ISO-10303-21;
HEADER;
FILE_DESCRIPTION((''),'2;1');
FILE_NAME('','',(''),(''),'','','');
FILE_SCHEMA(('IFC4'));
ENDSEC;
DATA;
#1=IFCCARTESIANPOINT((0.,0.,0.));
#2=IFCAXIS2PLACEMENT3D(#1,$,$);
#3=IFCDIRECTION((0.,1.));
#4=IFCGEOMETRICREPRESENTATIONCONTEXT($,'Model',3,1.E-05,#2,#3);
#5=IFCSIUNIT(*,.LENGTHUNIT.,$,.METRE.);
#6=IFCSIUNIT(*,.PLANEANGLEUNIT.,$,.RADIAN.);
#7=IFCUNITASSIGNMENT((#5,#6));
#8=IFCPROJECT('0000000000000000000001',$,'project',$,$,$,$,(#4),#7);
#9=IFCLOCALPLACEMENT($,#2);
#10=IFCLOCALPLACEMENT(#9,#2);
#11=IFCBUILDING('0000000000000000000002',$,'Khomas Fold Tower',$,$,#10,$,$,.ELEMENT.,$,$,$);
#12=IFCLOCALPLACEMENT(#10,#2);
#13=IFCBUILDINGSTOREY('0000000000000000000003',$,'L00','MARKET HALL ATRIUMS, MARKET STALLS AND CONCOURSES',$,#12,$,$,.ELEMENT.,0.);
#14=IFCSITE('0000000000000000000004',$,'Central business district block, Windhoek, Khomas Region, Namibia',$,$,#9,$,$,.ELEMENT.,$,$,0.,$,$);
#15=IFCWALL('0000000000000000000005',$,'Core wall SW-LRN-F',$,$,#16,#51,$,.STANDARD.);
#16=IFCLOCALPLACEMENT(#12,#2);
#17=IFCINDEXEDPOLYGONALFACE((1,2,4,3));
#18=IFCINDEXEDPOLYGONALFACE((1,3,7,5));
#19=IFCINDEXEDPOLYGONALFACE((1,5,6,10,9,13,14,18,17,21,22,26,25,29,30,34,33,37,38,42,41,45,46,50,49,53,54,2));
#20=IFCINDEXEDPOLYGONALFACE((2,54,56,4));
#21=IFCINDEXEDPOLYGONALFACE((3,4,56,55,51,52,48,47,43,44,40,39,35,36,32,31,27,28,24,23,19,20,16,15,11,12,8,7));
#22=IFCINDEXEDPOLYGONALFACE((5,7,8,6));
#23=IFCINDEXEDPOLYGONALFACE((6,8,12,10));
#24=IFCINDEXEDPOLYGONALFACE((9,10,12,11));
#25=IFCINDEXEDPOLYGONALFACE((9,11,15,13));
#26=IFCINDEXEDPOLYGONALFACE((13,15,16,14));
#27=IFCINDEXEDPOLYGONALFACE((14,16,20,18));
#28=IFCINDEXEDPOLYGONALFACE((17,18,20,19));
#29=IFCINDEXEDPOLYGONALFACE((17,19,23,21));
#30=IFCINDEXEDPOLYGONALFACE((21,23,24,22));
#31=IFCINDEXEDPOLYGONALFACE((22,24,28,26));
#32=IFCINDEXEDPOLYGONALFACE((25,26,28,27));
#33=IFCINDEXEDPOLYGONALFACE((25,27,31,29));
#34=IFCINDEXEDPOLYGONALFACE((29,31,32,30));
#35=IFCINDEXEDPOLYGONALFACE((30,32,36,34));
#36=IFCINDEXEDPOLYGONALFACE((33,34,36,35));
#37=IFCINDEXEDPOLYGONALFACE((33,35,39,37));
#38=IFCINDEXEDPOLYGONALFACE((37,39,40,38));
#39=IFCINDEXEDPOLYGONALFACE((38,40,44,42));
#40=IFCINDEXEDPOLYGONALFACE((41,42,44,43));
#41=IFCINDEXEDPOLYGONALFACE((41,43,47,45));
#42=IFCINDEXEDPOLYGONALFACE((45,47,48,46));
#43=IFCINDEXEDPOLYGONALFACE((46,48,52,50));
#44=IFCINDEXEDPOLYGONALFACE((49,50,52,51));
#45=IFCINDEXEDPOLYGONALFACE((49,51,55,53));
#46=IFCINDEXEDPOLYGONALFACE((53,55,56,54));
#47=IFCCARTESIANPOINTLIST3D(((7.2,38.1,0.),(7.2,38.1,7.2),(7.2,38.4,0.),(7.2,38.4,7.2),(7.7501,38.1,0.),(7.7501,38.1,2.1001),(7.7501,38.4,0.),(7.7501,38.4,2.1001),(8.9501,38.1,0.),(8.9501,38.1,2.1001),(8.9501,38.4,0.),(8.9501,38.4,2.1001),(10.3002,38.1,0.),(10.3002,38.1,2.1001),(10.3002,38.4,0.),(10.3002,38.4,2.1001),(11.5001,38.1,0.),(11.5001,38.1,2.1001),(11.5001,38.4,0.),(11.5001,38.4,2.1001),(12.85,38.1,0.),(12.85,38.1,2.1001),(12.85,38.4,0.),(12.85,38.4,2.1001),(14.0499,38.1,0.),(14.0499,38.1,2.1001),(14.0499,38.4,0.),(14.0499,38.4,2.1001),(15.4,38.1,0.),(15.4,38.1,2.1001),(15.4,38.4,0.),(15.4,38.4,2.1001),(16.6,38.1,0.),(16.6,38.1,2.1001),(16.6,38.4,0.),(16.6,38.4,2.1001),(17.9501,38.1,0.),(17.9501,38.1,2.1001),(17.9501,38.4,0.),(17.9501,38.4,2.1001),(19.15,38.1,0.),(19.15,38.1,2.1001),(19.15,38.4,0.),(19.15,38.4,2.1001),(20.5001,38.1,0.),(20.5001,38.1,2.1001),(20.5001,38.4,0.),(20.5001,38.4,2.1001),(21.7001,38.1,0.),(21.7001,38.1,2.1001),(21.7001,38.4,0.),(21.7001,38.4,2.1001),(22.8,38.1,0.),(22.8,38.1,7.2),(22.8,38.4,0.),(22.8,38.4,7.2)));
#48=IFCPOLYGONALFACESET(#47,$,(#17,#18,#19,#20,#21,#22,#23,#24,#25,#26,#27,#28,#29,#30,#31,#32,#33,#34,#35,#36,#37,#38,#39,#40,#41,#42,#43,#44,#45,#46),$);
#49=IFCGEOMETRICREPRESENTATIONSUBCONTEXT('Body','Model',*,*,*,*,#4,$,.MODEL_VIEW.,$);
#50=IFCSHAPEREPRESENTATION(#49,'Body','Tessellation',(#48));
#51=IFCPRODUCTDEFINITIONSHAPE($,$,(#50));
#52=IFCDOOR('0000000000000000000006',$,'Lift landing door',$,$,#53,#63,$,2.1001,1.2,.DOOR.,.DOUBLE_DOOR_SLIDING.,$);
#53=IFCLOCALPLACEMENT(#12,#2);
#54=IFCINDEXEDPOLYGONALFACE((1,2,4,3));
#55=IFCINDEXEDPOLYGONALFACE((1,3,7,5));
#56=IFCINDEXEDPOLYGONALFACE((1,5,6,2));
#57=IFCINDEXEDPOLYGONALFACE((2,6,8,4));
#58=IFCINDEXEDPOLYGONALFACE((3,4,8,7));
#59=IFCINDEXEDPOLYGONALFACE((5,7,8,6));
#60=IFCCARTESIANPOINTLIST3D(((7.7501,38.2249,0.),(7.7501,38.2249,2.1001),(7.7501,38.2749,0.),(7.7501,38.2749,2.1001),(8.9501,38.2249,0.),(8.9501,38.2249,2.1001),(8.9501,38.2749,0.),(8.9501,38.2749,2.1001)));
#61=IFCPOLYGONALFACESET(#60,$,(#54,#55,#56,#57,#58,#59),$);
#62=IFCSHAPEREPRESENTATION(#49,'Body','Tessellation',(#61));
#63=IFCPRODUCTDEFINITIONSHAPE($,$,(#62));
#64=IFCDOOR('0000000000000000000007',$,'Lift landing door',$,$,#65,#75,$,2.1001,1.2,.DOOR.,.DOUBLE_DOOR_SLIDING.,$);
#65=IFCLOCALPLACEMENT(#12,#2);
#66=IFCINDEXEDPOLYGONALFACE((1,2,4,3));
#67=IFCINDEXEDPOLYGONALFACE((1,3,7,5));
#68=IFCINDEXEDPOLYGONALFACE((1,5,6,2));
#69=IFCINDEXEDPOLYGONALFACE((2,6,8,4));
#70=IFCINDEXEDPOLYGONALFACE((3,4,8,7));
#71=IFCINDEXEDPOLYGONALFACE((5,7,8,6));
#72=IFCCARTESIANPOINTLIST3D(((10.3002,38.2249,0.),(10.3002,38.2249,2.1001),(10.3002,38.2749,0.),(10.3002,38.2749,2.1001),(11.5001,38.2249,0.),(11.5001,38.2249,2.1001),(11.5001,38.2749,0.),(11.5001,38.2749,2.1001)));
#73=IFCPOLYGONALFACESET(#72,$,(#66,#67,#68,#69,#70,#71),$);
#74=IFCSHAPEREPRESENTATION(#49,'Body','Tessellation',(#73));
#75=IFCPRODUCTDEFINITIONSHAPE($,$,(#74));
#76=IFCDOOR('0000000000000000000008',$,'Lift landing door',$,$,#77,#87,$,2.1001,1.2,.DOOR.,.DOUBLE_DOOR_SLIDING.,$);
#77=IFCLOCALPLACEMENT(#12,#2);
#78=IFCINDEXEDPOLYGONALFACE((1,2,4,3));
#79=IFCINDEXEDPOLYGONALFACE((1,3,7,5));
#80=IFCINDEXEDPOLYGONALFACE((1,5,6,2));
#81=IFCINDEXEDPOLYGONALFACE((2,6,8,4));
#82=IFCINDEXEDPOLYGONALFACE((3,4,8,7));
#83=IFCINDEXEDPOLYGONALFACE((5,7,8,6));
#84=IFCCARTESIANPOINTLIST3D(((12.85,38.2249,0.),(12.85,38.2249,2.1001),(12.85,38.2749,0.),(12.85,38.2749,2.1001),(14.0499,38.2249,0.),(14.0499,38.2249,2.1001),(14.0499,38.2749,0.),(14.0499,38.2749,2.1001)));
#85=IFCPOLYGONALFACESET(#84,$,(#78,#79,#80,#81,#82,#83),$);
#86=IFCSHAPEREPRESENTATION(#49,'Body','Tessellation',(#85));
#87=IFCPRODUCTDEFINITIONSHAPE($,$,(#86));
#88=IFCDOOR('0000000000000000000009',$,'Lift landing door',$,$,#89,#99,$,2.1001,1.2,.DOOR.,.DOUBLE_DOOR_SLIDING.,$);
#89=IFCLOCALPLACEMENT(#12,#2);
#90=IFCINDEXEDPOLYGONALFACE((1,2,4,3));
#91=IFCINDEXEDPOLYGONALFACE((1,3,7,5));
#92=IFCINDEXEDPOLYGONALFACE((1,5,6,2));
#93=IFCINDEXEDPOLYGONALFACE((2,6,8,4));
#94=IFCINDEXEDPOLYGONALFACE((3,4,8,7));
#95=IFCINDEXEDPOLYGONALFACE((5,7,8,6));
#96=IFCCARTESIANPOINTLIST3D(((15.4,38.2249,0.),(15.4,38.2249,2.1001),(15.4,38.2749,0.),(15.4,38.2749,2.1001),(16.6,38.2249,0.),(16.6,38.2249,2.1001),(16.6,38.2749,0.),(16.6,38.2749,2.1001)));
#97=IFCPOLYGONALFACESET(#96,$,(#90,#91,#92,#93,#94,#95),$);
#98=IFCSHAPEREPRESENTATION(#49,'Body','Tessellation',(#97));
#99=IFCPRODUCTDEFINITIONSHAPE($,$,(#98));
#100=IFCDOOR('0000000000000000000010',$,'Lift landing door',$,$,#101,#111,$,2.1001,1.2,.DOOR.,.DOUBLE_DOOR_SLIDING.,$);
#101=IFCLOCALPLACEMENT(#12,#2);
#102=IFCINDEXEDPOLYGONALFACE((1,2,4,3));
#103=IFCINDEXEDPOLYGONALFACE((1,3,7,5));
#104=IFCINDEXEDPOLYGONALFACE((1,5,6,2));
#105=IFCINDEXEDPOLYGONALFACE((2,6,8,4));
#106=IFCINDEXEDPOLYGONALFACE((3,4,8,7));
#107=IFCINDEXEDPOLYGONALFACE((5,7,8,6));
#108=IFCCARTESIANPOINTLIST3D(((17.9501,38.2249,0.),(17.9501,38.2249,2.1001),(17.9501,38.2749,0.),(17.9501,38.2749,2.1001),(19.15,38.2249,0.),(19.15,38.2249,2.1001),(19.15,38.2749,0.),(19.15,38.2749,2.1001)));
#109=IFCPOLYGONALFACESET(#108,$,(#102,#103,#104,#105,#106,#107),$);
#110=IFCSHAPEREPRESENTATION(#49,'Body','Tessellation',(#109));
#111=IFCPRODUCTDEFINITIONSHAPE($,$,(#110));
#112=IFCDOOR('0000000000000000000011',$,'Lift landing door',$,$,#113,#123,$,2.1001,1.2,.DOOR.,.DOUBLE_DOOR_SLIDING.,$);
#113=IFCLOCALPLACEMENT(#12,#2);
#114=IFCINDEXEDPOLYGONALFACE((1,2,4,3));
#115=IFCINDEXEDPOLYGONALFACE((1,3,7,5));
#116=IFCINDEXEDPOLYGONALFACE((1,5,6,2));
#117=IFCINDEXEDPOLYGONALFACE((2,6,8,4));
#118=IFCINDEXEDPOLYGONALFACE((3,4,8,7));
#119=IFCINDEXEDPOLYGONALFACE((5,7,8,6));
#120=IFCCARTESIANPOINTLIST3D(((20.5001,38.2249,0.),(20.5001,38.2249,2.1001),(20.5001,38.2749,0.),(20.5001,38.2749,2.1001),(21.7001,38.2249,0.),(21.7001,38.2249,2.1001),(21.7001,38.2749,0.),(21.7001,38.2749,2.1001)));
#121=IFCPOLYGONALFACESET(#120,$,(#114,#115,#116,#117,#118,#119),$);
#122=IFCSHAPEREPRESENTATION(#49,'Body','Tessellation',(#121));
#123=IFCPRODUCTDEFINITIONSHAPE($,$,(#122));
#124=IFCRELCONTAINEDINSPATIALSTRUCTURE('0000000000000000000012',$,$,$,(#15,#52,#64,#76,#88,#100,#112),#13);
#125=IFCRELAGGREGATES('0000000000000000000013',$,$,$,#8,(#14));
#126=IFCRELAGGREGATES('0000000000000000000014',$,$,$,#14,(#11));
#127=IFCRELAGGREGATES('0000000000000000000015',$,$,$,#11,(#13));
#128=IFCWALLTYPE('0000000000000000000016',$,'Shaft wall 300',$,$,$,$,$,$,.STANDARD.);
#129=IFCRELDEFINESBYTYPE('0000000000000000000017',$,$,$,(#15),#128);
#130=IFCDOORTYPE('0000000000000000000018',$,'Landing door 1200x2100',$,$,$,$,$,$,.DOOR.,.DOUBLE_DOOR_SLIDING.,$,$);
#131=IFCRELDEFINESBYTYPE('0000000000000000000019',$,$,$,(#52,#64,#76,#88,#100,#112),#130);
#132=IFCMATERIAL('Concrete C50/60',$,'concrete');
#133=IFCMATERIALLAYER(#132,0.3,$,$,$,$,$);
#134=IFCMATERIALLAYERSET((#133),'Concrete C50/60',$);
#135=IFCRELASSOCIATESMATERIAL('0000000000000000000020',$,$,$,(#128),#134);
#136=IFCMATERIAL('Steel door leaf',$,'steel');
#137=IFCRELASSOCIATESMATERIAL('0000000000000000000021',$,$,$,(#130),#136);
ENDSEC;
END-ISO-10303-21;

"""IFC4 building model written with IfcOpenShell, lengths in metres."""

from ifc_helpers import new_model, si_unit, direction, frame, frame_2d, origin, place, context, subcontext, project, spatial, rectangle, extrude, source, transform, mapped, material, layer, layer_set, type_object, element, fill, save


model = new_model("IFC4")

# Units and contexts
model_context = context("Model", 3, precision=1e-05, world=origin(), true_north=direction((0.0, 1.0)))
body_context = subcontext(model_context, "Body", "Model", "MODEL_VIEW")
ifc_project = project(units=[si_unit("LENGTHUNIT", "METRE"), si_unit("PLANEANGLEUNIT", "RADIAN")], contexts=[model_context])

# Site, building, storey
site_placement = place(None, origin())
site = spatial("IfcSite", under=ifc_project, at=site_placement, Name="Central business district block, Windhoek, Khomas Region, Namibia", CompositionType="ELEMENT", RefElevation=0.0)
building_placement = place(site_placement, origin())
building = spatial("IfcBuilding", under=site, at=building_placement, Name="Khomas Fold Tower", CompositionType="ELEMENT")
storey_placement = place(building_placement, origin())
storey = spatial("IfcBuildingStorey", under=building, at=storey_placement, Name="L00", Description="MARKET HALL ATRIUMS, MARKET STALLS AND CONCOURSES", CompositionType="ELEMENT", Elevation=0.0)

# Wall, openings, doors
ifc_material_1 = material(Name="Concrete C50/60", Category="concrete")
ifc_layer_1 = layer(ifc_material_1, 0.3)
ifc_layer_set_1 = layer_set([ifc_layer_1], Name="Concrete C50/60")
wall_type_1 = type_object("IfcWallType", Name="Shaft wall 300", PredefinedType="STANDARD", material=ifc_layer_set_1)
shared_shape_1 = source(origin(), body_context, "Body", "SweptSolid", [
    extrude(rectangle(XDim=15.6001, YDim=0.3, at=frame_2d((7.8, 0.0))), origin(), (0.0, 0.0, 1.0), 7.2),
])
wall_1_placement = place(storey_placement, frame((7.2, 38.25, 0.0), z_axis=(0.0, 0.0, 1.0), x_axis=(1.0, 0.0, 0.0)))
wall_1 = element("IfcWall", 1, at=wall_1_placement, inside=storey, type_object=wall_type_1, Name="Core wall SW-LRN-F", PredefinedType="STANDARD", context=body_context, shape_type="MappedRepresentation", body=[
    mapped(shared_shape_1, transform((0.0, 0.0, 0.0))),
])
shared_shape_2 = source(origin(), body_context, "Body", "SweptSolid", [
    extrude(rectangle(XDim=1.2, YDim=2.1001, at=frame_2d((0.6001, 1.05))), frame((0.0, 0.1599, 0.0), z_axis=(0.0, -1.0, 0.0), x_axis=(1.0, 0.0, 0.0)), (0.0, 0.0, 1.0), 0.3201),
])
opening_1_placement = place(wall_1_placement, frame((0.55, 0.0, 0.0)))
opening_1 = element("IfcOpeningElement", 2, at=opening_1_placement, cuts=wall_1, PredefinedType="OPENING", context=body_context, shape_type="MappedRepresentation", body=[
    mapped(shared_shape_2, transform((0.0, 0.0, 0.0))),
])
opening_2_placement = place(wall_1_placement, frame((3.1001, 0.0, 0.0)))
opening_2 = element("IfcOpeningElement", 3, at=opening_2_placement, cuts=wall_1, PredefinedType="OPENING", context=body_context, shape_type="MappedRepresentation", body=[
    mapped(shared_shape_2, transform((0.0, 0.0, 0.0))),
])
opening_3_placement = place(wall_1_placement, frame((5.6499, 0.0, 0.0)))
opening_3 = element("IfcOpeningElement", 4, at=opening_3_placement, cuts=wall_1, PredefinedType="OPENING", context=body_context, shape_type="MappedRepresentation", body=[
    mapped(shared_shape_2, transform((0.0, 0.0, 0.0))),
])
opening_4_placement = place(wall_1_placement, frame((8.2, 0.0, 0.0)))
opening_4 = element("IfcOpeningElement", 5, at=opening_4_placement, cuts=wall_1, PredefinedType="OPENING", context=body_context, shape_type="MappedRepresentation", body=[
    mapped(shared_shape_2, transform((0.0, 0.0, 0.0))),
])
opening_5_placement = place(wall_1_placement, frame((10.75, 0.0, 0.0)))
opening_5 = element("IfcOpeningElement", 6, at=opening_5_placement, cuts=wall_1, PredefinedType="OPENING", context=body_context, shape_type="MappedRepresentation", body=[
    mapped(shared_shape_2, transform((0.0, 0.0, 0.0))),
])
opening_6_placement = place(wall_1_placement, frame((13.3, 0.0, 0.0)))
opening_6 = element("IfcOpeningElement", 7, at=opening_6_placement, cuts=wall_1, PredefinedType="OPENING", context=body_context, shape_type="MappedRepresentation", body=[
    mapped(shared_shape_2, transform((0.0, 0.0, 0.0))),
])
ifc_material_2 = material(Name="Steel door leaf", Category="steel")
door_type_1 = type_object("IfcDoorType", Name="Landing door 1200x2100", OperationType="DOUBLE_DOOR_SLIDING", PredefinedType="DOOR", material=ifc_material_2)
shared_shape_3 = source(origin(), body_context, "Body", "SweptSolid", [
    extrude(rectangle(XDim=1.2, YDim=2.1001, at=frame_2d((0.6001, 1.05))), frame((0.0, 0.0249, 0.0), z_axis=(0.0, -1.0, 0.0), x_axis=(1.0, 0.0, 0.0)), (0.0, 0.0, 1.0), 0.05),
])
door_1_placement = place(opening_1_placement, origin())
door_1 = element("IfcDoor", 8, at=door_1_placement, inside=storey, type_object=door_type_1, Name="Lift landing door", OperationType="DOUBLE_DOOR_SLIDING", OverallHeight=2.1001, OverallWidth=1.2, PredefinedType="DOOR", context=body_context, shape_type="MappedRepresentation", body=[
    mapped(shared_shape_3, transform((0.0, 0.0, 0.0))),
])
fill(opening_1, door_1)
door_2_placement = place(opening_2_placement, origin())
door_2 = element("IfcDoor", 9, at=door_2_placement, inside=storey, type_object=door_type_1, Name="Lift landing door", OperationType="DOUBLE_DOOR_SLIDING", OverallHeight=2.1001, OverallWidth=1.2, PredefinedType="DOOR", context=body_context, shape_type="MappedRepresentation", body=[
    mapped(shared_shape_3, transform((0.0, 0.0, 0.0))),
])
fill(opening_2, door_2)
door_3_placement = place(opening_3_placement, origin())
door_3 = element("IfcDoor", 10, at=door_3_placement, inside=storey, type_object=door_type_1, Name="Lift landing door", OperationType="DOUBLE_DOOR_SLIDING", OverallHeight=2.1001, OverallWidth=1.2, PredefinedType="DOOR", context=body_context, shape_type="MappedRepresentation", body=[
    mapped(shared_shape_3, transform((0.0, 0.0, 0.0))),
])
fill(opening_3, door_3)
door_4_placement = place(opening_4_placement, origin())
door_4 = element("IfcDoor", 11, at=door_4_placement, inside=storey, type_object=door_type_1, Name="Lift landing door", OperationType="DOUBLE_DOOR_SLIDING", OverallHeight=2.1001, OverallWidth=1.2, PredefinedType="DOOR", context=body_context, shape_type="MappedRepresentation", body=[
    mapped(shared_shape_3, transform((0.0, 0.0, 0.0))),
])
fill(opening_4, door_4)
door_5_placement = place(opening_5_placement, origin())
door_5 = element("IfcDoor", 12, at=door_5_placement, inside=storey, type_object=door_type_1, Name="Lift landing door", OperationType="DOUBLE_DOOR_SLIDING", OverallHeight=2.1001, OverallWidth=1.2, PredefinedType="DOOR", context=body_context, shape_type="MappedRepresentation", body=[
    mapped(shared_shape_3, transform((0.0, 0.0, 0.0))),
])
fill(opening_5, door_5)
door_6_placement = place(opening_6_placement, origin())
door_6 = element("IfcDoor", 13, at=door_6_placement, inside=storey, type_object=door_type_1, Name="Lift landing door", OperationType="DOUBLE_DOOR_SLIDING", OverallHeight=2.1001, OverallWidth=1.2, PredefinedType="DOOR", context=body_context, shape_type="MappedRepresentation", body=[
    mapped(shared_shape_3, transform((0.0, 0.0, 0.0))),
])
fill(opening_6, door_6)

save(model, "model.ifc")
